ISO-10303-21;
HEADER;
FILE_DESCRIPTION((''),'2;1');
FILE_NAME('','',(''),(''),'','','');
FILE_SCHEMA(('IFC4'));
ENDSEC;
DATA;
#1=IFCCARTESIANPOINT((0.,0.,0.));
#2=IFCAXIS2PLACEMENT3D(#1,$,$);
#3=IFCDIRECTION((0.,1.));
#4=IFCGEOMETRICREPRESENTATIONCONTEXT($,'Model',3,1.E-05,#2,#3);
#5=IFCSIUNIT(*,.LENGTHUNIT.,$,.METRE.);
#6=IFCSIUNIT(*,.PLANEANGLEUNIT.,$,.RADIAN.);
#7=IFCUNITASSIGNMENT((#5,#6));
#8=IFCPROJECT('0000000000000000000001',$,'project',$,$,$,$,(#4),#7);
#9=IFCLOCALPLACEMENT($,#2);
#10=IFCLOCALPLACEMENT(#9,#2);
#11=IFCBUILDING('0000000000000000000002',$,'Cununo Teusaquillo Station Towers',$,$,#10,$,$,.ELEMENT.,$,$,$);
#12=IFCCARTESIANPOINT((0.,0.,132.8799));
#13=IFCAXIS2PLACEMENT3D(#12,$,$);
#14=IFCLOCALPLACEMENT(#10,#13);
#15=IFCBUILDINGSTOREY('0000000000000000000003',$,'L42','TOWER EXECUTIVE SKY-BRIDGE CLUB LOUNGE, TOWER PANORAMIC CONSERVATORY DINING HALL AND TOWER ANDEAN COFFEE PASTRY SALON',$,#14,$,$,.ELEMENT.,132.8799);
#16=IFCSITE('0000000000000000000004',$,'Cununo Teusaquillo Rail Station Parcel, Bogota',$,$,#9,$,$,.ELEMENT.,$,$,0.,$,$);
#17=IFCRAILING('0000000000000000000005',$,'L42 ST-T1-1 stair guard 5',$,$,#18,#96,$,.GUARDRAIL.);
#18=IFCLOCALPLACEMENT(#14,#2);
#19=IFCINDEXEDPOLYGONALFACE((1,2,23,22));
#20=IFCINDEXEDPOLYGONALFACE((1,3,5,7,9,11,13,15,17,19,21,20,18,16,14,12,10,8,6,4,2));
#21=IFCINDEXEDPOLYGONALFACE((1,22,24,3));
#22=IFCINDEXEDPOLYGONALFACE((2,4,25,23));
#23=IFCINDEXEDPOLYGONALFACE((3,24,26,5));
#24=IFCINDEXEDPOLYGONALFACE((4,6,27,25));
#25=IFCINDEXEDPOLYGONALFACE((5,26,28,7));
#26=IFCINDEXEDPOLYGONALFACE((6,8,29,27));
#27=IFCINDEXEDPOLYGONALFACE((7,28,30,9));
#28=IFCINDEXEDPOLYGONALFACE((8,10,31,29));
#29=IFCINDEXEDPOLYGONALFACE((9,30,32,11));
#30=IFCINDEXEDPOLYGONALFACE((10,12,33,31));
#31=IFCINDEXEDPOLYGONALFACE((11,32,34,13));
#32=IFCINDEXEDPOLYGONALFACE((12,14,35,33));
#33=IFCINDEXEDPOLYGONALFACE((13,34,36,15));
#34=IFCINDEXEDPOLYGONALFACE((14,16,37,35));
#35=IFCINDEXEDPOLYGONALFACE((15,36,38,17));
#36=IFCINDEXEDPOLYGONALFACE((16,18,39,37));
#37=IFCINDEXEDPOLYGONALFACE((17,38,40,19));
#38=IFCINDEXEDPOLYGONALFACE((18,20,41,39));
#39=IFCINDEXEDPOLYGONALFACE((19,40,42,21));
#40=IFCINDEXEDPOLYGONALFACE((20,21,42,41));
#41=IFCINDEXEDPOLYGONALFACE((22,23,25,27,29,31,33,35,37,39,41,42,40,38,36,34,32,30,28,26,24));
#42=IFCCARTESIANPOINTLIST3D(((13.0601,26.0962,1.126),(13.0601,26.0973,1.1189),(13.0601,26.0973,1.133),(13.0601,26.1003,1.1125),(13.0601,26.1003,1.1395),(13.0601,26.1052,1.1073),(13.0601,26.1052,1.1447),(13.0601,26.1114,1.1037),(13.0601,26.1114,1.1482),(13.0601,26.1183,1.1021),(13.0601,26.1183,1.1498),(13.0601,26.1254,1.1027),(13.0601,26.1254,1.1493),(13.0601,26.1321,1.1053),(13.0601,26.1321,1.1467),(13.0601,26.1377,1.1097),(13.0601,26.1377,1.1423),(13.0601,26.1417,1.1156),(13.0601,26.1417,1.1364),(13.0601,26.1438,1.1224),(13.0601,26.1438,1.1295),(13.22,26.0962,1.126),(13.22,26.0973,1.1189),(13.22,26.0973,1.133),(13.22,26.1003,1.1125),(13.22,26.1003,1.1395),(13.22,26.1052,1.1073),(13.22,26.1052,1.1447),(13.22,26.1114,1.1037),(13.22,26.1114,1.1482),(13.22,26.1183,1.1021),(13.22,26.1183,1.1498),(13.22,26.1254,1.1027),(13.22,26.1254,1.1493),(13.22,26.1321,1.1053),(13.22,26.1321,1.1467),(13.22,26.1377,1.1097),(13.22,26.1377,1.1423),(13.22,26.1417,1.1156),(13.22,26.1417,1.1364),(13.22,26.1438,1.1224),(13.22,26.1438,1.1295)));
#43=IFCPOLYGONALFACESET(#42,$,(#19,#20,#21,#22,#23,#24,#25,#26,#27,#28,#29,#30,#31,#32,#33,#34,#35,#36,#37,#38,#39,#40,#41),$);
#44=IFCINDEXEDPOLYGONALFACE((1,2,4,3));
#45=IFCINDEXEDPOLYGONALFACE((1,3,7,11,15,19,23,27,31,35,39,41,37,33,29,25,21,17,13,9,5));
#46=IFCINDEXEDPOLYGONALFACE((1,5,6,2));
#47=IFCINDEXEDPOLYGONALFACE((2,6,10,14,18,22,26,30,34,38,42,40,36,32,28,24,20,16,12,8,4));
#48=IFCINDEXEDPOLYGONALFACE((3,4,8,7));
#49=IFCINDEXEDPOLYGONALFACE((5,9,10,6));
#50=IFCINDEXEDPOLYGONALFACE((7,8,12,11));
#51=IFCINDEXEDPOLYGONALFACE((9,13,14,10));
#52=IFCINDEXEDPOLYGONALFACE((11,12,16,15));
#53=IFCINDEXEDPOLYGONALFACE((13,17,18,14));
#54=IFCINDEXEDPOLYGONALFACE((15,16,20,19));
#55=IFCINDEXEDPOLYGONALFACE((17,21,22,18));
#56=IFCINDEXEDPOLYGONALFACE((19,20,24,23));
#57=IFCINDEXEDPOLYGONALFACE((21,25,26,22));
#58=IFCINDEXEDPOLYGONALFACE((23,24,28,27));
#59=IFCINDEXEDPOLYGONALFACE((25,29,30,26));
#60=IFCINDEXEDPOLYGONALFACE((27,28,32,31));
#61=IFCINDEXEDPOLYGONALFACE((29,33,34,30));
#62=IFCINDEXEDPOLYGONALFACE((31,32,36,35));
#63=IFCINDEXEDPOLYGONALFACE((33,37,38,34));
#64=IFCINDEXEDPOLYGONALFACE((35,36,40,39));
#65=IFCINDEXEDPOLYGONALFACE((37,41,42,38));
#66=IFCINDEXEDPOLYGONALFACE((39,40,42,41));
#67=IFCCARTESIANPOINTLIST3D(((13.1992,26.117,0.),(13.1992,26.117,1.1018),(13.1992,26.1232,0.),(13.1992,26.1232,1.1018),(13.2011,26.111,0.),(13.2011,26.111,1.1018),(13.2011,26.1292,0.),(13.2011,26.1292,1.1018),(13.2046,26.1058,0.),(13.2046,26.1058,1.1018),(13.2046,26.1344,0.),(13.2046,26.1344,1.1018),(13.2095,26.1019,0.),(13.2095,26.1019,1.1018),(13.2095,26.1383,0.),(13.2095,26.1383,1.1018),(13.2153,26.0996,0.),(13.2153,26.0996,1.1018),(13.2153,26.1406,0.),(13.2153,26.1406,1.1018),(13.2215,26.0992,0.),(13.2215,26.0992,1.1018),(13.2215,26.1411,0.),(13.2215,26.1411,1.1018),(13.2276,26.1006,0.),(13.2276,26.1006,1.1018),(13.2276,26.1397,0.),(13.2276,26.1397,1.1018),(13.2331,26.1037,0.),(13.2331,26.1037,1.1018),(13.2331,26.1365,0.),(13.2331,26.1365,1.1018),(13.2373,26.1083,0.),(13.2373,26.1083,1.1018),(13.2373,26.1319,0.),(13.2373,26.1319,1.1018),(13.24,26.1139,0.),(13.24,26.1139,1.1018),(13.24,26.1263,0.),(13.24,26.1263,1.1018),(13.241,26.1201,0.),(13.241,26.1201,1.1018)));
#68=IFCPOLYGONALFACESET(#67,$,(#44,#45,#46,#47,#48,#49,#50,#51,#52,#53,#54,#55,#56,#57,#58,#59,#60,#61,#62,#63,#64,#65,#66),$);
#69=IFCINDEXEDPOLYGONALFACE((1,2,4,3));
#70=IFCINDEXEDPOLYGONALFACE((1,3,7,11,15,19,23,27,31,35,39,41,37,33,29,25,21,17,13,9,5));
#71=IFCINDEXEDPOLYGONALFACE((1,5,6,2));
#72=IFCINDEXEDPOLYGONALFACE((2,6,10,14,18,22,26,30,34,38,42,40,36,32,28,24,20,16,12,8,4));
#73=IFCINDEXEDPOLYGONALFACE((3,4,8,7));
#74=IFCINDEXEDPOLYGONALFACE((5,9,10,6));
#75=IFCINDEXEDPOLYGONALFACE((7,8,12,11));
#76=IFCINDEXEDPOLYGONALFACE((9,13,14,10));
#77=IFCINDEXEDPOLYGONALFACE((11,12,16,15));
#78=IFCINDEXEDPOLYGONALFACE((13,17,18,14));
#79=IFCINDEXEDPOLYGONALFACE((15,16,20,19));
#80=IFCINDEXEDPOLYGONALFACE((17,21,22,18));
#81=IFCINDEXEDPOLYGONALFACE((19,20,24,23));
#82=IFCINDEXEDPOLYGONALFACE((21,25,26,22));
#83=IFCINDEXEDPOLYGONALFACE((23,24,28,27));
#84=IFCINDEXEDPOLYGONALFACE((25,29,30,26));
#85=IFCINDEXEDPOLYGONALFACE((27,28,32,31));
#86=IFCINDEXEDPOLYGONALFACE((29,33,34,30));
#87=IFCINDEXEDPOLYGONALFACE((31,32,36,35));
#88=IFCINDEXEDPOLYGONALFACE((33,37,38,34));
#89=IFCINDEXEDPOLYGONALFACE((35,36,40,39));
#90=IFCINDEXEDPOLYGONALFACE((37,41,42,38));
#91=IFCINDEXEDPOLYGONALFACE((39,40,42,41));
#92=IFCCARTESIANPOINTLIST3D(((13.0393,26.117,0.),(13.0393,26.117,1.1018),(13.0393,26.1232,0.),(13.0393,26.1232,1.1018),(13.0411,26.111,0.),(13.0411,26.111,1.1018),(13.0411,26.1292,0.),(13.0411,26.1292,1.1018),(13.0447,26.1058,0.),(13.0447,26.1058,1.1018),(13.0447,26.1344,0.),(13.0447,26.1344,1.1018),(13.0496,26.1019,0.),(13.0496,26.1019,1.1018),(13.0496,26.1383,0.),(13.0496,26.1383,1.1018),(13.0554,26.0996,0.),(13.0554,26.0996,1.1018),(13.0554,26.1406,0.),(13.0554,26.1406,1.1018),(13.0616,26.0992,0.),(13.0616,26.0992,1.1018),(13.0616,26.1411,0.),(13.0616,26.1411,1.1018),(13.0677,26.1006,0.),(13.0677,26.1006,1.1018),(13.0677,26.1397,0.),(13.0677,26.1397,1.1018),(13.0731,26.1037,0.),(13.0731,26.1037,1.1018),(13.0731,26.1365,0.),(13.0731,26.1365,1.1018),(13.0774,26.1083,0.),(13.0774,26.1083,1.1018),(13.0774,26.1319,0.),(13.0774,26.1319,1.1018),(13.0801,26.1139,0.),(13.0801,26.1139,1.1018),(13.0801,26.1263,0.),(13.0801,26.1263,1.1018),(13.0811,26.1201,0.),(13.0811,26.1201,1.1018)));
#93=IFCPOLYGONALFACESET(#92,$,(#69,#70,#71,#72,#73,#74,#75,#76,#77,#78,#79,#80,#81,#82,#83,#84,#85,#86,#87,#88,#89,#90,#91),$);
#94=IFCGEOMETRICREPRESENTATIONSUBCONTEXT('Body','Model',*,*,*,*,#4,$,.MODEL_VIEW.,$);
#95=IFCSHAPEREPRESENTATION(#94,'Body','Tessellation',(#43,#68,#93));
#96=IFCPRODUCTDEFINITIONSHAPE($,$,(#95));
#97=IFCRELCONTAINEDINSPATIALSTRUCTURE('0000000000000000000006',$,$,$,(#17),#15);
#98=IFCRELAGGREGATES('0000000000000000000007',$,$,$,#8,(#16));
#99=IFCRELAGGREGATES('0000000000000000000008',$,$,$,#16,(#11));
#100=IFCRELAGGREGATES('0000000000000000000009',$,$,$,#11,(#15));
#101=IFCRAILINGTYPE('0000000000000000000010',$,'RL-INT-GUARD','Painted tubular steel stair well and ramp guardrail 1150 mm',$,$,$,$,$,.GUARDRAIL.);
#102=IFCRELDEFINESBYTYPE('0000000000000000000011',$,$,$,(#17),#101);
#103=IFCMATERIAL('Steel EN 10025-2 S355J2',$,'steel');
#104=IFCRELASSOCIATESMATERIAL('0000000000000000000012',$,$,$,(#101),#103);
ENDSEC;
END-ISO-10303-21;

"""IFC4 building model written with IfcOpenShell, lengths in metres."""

from ifc_helpers import new_model, si_unit, direction, frame, origin, origin_2d, place, context, subcontext, project, spatial, circle, extrude, material, type_object, element, save


model = new_model("IFC4")

# Units and contexts
model_context = context("Model", 3, precision=1e-05, world=origin(), true_north=direction((0.0, 1.0)))
body_context = subcontext(model_context, "Body", "Model", "MODEL_VIEW")
ifc_project = project(units=[si_unit("LENGTHUNIT", "METRE"), si_unit("PLANEANGLEUNIT", "RADIAN")], contexts=[model_context])

# Site, building, storey
site_placement = place(None, origin())
site = spatial("IfcSite", under=ifc_project, at=site_placement, Name="Cununo Teusaquillo Rail Station Parcel, Bogota", CompositionType="ELEMENT", RefElevation=0.0)
building_placement = place(site_placement, origin())
building = spatial("IfcBuilding", under=site, at=building_placement, Name="Cununo Teusaquillo Station Towers", CompositionType="ELEMENT")
storey_placement = place(building_placement, frame((0.0, 0.0, 132.8799)))
storey = spatial("IfcBuildingStorey", under=building, at=storey_placement, Name="L42", Description="TOWER EXECUTIVE SKY-BRIDGE CLUB LOUNGE, TOWER PANORAMIC CONSERVATORY DINING HALL AND TOWER ANDEAN COFFEE PASTRY SALON", CompositionType="ELEMENT", Elevation=132.8799)

# Railing
ifc_material_1 = material(Name="Steel EN 10025-2 S355J2", Category="steel")
railing_type_1 = type_object("IfcRailingType", Name="RL-INT-GUARD", Description="Painted tubular steel stair well and ramp guardrail 1150 mm", PredefinedType="GUARDRAIL", material=ifc_material_1)
railing_1_placement = place(storey_placement, frame((13.22, 26.1201, 0.0)))
element("IfcRailing", 1, at=railing_1_placement, inside=storey, type_object=railing_type_1, Name="L42 ST-T1-1 stair guard 5", PredefinedType="GUARDRAIL", context=body_context, shape_type="SweptSolid", body=[
    extrude(circle(Radius=0.0239, at=origin_2d()), frame((0.0, 0.0, 1.126), z_axis=(-1.0, 0.0, 0.0), x_axis=(0.0, -1.0, 0.0)), (0.0, 0.0, 1.0), 0.1599),
    extrude(circle(Radius=0.021, at=origin_2d()), origin(), (0.0, 0.0, 1.0), 1.1018),
    extrude(circle(Radius=0.021, at=origin_2d()), frame((-0.1599, 0.0, 0.0)), (0.0, 0.0, 1.0), 1.1018),
])

save(model, "model.ifc")
